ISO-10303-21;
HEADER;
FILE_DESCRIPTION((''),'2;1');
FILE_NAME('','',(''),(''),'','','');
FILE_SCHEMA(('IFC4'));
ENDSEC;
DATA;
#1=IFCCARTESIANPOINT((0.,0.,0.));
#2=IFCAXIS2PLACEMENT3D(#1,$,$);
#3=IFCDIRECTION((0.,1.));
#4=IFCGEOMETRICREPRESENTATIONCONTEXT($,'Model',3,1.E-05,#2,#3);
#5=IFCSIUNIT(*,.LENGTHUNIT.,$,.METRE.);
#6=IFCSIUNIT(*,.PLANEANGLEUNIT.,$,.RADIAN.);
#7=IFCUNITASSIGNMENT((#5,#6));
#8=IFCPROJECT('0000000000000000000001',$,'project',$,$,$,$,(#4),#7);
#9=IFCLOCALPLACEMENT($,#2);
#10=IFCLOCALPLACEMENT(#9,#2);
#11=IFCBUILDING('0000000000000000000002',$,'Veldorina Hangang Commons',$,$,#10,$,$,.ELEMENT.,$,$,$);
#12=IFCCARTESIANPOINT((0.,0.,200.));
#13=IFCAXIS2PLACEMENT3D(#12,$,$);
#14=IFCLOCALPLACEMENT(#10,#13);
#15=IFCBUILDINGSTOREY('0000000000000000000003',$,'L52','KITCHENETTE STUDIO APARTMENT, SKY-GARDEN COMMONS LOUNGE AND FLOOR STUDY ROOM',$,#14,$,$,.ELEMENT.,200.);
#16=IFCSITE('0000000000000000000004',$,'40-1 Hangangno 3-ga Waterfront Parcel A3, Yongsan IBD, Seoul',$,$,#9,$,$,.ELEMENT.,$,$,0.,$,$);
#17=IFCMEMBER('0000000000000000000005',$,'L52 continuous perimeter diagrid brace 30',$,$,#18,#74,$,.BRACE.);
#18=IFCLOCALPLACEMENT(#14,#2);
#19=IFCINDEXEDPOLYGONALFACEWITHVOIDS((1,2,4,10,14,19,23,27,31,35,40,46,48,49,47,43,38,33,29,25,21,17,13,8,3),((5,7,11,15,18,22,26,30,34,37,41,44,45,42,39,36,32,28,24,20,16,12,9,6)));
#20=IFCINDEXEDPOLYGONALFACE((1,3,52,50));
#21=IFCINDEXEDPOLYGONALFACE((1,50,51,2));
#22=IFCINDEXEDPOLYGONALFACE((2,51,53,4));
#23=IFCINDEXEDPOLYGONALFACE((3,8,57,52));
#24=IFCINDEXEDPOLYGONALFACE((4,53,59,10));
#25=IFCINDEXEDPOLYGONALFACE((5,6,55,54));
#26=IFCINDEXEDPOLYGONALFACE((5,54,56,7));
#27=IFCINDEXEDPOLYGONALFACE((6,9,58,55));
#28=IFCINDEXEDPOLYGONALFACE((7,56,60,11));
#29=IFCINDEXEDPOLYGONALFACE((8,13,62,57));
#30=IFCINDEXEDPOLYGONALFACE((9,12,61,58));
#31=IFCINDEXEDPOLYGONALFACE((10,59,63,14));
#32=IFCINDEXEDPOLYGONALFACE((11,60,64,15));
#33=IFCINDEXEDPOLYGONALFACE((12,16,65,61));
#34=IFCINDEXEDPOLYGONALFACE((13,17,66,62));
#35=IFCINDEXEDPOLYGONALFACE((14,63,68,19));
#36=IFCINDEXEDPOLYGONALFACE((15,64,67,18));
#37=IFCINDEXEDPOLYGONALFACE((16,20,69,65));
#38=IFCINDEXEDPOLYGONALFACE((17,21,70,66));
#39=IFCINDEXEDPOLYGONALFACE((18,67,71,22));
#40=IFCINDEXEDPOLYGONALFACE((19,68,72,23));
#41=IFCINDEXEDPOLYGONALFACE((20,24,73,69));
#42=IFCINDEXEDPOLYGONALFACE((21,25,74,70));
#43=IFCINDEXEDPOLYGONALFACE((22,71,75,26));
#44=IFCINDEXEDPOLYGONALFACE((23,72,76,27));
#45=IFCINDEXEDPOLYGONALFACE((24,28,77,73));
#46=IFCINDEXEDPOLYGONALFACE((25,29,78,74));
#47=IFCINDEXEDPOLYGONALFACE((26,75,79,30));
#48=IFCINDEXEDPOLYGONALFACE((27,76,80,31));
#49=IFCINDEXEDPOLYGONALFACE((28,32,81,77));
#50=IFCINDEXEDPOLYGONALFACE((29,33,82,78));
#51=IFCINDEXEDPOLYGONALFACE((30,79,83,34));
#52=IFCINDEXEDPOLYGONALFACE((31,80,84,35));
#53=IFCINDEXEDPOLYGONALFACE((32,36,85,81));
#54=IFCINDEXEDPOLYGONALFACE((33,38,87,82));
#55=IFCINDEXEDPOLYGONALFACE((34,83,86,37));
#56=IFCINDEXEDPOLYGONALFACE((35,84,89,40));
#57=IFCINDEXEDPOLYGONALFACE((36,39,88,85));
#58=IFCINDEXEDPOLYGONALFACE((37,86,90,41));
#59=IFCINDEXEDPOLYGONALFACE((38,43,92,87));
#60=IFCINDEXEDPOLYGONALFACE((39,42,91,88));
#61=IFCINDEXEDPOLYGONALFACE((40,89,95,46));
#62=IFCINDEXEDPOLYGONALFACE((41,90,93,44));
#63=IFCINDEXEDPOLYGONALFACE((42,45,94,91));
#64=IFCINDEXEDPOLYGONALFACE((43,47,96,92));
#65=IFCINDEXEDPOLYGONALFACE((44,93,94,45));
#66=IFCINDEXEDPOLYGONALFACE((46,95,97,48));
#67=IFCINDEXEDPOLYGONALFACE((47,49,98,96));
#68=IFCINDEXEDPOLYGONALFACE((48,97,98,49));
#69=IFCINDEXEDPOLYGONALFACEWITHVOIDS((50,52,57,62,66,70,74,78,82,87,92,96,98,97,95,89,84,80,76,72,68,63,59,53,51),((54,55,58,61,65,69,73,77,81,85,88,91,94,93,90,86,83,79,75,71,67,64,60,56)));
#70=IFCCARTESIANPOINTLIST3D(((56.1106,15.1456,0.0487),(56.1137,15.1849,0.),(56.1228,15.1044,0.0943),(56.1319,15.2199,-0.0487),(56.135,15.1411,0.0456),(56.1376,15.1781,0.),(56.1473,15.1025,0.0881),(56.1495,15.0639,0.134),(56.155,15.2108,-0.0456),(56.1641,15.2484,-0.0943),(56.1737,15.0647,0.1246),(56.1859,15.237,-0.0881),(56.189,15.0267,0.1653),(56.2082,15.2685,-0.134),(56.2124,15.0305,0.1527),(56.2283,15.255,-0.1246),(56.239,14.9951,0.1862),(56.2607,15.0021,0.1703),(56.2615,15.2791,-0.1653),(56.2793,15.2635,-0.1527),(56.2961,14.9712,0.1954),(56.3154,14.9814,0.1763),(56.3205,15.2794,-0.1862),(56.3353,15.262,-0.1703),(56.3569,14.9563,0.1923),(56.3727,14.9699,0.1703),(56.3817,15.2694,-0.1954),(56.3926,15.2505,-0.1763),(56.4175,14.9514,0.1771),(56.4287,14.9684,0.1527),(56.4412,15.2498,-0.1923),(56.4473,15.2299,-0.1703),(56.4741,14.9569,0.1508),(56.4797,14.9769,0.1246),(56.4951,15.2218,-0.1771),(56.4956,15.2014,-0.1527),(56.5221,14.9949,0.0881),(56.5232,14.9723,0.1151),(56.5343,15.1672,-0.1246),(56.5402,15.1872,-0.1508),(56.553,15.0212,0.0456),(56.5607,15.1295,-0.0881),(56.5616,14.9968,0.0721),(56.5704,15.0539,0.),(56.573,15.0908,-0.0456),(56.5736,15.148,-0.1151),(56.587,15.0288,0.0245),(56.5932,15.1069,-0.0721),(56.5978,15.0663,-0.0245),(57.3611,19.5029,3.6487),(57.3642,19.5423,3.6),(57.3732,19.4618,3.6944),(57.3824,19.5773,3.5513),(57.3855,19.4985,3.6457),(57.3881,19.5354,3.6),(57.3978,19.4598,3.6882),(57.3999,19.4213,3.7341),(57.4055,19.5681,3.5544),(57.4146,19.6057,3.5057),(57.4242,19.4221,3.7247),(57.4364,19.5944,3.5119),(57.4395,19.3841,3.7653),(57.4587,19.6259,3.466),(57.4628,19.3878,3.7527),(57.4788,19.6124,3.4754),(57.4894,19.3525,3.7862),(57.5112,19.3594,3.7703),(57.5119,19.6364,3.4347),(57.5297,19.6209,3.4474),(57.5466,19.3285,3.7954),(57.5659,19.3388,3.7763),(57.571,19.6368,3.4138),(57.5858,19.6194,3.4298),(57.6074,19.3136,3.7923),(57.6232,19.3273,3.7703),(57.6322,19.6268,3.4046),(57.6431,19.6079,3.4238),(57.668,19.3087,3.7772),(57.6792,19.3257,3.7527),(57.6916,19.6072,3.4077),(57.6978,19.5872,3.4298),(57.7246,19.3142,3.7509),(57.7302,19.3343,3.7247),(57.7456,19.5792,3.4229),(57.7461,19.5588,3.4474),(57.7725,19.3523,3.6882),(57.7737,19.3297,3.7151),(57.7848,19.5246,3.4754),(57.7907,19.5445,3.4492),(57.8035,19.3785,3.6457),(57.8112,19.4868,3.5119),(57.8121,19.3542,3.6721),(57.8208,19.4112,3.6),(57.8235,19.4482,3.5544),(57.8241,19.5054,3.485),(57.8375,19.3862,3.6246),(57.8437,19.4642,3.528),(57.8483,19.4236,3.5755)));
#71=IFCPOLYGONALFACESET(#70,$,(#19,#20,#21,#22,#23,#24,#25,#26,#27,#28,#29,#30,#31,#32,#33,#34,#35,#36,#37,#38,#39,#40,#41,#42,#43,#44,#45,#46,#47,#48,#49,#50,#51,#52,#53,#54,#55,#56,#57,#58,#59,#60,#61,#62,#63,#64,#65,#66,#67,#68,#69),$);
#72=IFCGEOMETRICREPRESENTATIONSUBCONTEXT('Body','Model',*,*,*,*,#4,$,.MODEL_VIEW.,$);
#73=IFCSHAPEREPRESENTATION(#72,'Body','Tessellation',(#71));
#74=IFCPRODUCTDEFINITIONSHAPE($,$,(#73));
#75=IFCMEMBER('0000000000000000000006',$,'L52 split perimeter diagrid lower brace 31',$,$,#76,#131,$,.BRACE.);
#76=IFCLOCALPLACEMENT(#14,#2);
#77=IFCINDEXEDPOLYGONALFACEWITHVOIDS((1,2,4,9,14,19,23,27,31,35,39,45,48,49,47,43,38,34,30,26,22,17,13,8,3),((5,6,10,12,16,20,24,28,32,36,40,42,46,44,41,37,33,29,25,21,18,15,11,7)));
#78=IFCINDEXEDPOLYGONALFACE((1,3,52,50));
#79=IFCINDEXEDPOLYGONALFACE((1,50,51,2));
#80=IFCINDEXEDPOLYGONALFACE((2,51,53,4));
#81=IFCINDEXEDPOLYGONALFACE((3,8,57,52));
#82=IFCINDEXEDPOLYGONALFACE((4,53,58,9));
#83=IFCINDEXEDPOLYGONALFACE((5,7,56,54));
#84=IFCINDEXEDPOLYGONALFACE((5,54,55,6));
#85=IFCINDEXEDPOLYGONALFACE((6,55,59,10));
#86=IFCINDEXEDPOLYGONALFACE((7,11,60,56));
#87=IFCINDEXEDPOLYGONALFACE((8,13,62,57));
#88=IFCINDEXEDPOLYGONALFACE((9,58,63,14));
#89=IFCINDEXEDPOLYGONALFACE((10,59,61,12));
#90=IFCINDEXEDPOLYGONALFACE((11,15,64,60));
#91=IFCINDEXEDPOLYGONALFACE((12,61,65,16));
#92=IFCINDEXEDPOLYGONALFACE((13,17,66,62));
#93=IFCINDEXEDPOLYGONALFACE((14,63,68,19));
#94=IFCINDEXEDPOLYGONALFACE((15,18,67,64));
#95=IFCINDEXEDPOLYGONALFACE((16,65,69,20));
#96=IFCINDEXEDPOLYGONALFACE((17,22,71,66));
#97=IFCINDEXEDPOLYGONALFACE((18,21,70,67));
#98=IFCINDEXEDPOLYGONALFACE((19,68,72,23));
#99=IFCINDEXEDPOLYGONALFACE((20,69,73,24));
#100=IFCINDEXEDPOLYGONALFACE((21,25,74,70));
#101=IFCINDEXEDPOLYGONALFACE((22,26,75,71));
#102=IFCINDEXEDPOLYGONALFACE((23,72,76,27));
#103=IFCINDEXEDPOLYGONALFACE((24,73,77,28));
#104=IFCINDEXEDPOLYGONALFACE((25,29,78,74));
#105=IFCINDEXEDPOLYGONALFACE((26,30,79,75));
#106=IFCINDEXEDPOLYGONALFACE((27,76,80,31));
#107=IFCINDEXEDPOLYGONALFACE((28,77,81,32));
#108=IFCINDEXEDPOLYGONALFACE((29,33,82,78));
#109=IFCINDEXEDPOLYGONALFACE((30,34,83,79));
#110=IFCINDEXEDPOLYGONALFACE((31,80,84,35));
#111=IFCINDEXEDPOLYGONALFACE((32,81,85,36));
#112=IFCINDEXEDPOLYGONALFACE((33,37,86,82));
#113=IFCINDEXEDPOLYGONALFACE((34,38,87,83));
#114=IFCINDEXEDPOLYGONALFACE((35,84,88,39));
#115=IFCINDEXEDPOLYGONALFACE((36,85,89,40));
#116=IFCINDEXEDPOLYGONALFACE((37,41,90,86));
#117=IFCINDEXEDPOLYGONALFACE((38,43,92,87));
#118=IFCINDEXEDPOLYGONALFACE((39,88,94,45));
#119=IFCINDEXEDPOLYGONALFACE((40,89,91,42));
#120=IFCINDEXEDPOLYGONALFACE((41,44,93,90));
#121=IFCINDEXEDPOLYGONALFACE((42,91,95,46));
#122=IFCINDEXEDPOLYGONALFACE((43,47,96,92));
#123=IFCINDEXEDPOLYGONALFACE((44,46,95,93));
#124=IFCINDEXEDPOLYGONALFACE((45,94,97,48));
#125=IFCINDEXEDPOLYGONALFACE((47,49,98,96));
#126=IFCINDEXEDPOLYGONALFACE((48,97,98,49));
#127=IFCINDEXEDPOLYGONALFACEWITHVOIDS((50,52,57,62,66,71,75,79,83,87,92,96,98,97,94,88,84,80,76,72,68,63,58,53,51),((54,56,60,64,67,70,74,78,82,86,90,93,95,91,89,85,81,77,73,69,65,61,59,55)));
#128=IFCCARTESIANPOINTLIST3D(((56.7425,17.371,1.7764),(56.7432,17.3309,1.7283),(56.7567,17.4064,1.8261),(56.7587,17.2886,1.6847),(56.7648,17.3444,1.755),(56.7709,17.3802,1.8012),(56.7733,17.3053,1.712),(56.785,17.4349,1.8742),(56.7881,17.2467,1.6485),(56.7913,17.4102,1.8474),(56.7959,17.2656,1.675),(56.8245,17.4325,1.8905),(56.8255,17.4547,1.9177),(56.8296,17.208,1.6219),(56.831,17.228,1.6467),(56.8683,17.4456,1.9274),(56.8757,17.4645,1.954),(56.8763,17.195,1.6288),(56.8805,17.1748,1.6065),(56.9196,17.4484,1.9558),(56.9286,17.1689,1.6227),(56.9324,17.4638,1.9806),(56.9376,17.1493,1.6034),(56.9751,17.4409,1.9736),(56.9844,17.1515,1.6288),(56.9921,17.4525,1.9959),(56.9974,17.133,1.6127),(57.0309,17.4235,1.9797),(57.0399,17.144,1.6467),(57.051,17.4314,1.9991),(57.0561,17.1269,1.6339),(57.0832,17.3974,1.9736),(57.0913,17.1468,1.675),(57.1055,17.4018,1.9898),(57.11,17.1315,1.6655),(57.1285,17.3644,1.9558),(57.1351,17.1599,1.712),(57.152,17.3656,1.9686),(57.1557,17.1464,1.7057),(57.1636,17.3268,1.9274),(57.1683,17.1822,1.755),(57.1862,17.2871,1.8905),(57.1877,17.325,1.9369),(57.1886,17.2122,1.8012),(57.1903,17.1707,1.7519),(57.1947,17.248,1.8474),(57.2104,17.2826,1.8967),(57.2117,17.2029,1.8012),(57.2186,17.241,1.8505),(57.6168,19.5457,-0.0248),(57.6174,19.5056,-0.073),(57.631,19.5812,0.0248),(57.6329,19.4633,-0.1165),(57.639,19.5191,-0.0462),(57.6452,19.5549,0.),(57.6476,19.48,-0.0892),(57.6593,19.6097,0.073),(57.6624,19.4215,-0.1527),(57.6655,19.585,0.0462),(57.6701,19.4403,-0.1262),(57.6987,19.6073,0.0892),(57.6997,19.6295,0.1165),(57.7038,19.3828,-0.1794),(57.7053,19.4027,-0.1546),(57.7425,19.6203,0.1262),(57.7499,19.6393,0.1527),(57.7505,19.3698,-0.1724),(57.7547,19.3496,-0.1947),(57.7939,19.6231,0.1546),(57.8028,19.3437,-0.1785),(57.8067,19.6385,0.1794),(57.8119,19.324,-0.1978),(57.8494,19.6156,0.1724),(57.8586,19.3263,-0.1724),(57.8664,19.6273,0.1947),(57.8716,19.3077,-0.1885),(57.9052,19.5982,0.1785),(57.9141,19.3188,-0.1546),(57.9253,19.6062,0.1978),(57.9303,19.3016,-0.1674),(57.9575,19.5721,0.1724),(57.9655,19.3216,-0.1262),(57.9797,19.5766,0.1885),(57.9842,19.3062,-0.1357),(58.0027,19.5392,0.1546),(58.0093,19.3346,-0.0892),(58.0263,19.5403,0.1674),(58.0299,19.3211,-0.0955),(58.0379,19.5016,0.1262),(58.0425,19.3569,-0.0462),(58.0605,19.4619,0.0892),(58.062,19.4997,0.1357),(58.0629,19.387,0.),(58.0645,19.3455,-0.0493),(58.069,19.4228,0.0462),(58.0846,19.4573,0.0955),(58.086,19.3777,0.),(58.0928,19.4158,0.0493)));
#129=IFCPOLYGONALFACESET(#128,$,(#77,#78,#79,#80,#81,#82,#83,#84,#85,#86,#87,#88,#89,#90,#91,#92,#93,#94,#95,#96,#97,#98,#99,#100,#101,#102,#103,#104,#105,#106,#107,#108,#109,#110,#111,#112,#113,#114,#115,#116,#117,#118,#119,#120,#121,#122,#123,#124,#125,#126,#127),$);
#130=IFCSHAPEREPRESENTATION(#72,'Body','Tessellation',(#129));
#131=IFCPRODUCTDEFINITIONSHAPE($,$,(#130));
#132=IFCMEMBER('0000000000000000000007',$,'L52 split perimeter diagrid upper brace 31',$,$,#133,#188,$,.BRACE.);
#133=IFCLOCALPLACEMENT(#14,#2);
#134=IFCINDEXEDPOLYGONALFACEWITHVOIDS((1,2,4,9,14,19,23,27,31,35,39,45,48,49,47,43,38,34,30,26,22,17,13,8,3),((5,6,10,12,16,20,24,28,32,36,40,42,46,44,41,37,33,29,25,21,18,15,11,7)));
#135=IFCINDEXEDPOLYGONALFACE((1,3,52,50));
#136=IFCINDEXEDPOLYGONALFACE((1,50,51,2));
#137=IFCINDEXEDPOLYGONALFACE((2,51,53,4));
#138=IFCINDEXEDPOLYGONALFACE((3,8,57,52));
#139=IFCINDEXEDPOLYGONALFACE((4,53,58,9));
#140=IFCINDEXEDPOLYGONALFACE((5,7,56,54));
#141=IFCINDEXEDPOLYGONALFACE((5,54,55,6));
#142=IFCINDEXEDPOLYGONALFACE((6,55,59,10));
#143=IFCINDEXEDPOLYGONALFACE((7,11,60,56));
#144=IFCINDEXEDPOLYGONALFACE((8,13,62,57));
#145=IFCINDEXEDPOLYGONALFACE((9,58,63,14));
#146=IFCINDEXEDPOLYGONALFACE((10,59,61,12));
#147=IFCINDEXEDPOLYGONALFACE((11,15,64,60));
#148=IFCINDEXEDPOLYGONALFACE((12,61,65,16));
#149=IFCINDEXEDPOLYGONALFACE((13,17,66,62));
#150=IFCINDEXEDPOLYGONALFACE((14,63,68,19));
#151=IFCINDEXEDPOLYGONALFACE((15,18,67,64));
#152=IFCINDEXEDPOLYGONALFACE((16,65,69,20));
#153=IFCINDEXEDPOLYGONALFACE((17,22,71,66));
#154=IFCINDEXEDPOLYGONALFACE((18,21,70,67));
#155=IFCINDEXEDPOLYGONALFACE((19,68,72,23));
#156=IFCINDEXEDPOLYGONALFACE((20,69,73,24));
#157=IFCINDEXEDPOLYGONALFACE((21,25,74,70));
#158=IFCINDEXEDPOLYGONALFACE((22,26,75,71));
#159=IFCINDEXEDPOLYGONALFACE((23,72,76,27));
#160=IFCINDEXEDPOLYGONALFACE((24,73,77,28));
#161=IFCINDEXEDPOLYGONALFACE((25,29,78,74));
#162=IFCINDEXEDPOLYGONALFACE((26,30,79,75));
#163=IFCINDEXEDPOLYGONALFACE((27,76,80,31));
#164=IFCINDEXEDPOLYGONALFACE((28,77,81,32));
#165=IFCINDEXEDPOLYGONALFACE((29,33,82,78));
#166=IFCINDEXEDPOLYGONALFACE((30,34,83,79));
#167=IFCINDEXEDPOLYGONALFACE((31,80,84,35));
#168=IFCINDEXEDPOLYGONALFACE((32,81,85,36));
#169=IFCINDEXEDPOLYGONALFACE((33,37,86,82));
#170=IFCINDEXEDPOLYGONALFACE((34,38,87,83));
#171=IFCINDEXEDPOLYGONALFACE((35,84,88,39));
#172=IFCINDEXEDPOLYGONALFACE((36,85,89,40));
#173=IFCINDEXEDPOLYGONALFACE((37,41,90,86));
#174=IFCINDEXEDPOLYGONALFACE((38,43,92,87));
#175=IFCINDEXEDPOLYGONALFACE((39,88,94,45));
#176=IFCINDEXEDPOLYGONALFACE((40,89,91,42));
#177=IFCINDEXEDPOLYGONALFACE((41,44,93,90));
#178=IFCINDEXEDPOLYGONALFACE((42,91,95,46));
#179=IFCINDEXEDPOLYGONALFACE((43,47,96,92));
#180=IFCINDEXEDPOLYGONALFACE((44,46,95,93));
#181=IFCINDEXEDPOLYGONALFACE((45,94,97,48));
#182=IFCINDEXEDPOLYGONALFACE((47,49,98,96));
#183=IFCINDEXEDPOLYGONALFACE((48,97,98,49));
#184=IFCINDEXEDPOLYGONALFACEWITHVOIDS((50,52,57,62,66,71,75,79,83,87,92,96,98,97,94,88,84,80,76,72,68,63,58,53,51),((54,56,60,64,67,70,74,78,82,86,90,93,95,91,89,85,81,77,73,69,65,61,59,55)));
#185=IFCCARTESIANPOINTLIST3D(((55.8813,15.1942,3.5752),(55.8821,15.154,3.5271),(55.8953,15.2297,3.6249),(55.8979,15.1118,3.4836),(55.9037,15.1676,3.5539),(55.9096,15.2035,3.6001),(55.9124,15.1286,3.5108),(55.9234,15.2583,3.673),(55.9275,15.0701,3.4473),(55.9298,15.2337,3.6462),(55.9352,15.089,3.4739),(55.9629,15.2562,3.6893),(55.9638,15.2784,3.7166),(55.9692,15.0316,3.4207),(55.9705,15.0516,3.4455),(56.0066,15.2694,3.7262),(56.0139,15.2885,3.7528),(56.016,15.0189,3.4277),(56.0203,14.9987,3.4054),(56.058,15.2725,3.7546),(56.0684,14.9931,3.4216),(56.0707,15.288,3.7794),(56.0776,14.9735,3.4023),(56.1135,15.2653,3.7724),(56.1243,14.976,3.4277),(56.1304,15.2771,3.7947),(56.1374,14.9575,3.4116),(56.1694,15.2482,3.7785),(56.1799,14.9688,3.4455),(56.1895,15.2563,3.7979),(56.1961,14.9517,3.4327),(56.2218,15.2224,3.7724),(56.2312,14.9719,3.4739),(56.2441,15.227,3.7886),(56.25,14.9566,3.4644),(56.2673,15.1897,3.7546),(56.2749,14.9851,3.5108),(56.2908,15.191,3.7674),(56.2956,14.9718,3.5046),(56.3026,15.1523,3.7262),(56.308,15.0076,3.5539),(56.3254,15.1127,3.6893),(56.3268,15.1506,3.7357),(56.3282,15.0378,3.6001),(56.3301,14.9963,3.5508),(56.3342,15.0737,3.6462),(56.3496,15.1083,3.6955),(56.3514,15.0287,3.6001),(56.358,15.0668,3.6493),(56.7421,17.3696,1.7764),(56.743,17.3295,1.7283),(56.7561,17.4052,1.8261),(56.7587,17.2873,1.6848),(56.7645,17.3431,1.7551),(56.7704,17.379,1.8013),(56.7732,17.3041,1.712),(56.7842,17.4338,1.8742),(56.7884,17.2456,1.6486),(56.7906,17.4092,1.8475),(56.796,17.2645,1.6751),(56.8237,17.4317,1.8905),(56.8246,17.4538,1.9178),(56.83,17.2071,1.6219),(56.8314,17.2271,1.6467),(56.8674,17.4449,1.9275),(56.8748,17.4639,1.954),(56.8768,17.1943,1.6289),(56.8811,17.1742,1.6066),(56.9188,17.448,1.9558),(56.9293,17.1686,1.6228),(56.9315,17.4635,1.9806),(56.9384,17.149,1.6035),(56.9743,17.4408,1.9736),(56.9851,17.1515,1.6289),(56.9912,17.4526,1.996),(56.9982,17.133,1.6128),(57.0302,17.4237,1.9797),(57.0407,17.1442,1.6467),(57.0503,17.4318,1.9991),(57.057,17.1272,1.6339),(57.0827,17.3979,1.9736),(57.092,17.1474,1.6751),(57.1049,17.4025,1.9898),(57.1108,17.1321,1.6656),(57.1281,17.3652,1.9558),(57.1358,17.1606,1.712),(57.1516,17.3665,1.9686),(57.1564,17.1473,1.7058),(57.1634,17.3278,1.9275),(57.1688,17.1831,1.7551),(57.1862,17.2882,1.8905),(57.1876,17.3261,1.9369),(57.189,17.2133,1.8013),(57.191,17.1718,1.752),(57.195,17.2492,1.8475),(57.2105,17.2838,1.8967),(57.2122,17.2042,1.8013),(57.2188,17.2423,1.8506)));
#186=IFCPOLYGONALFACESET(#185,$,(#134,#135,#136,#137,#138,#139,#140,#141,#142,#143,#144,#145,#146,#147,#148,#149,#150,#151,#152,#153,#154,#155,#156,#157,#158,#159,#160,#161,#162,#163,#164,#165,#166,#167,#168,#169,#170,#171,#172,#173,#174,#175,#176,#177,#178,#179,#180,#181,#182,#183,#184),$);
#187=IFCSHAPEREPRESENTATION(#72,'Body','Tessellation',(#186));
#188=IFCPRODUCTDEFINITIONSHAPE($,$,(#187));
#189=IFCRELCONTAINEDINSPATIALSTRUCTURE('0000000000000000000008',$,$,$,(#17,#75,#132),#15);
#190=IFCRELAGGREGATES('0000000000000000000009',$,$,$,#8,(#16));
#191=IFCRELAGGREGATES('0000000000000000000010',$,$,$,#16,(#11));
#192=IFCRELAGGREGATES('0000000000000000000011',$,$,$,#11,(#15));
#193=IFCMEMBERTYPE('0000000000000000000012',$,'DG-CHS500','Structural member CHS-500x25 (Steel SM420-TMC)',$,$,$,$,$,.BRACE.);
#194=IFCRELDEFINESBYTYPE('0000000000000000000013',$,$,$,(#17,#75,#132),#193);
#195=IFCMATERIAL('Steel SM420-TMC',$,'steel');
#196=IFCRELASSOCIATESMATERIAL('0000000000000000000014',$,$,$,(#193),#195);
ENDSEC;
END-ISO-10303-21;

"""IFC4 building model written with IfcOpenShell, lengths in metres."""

from ifc_helpers import new_model, si_unit, direction, frame, origin, origin_2d, place, context, subcontext, project, spatial, hollow_circle, extrude, material, material_profile, profile_set, type_object, element, save


model = new_model("IFC4")

# Units and contexts
model_context = context("Model", 3, precision=1e-05, world=origin(), true_north=direction((0.0, 1.0)))
body_context = subcontext(model_context, "Body", "Model", "MODEL_VIEW")
ifc_project = project(units=[si_unit("LENGTHUNIT", "METRE"), si_unit("PLANEANGLEUNIT", "RADIAN")], contexts=[model_context])

# Site, building, storey
site_placement = place(None, origin())
site = spatial("IfcSite", under=ifc_project, at=site_placement, Name="40-1 Hangangno 3-ga Waterfront Parcel A3, Yongsan IBD, Seoul", CompositionType="ELEMENT", RefElevation=0.0)
building_placement = place(site_placement, origin())
building = spatial("IfcBuilding", under=site, at=building_placement, Name="Veldorina Hangang Commons", CompositionType="ELEMENT")
storey_placement = place(building_placement, frame((0.0, 0.0, 200.0)))
storey = spatial("IfcBuildingStorey", under=building, at=storey_placement, Name="L52", Description="KITCHENETTE STUDIO APARTMENT, SKY-GARDEN COMMONS LOUNGE AND FLOOR STUDY ROOM", CompositionType="ELEMENT", Elevation=200.0)

# Shared definitions
ifc_material_1 = material(Name="Steel SM420-TMC", Category="steel")

# Members
ifc_material_profile_1 = material_profile(ifc_material_1, hollow_circle(Radius=0.25, WallThickness=0.0249, at=origin_2d()), Name="CHS-500x25")
ifc_profile_set_1 = profile_set([ifc_material_profile_1], Name="Steel SM420-TMC")
member_type_1 = type_object("IfcMemberType", Name="DG-CHS500", Description="Structural member CHS-500x25 (Steel SM420-TMC)", PredefinedType="BRACE", material=ifc_profile_set_1)
member_1_placement = place(storey_placement, frame((56.354, 15.116, 0.0), z_axis=(0.216014, 0.752718, 0.621895), x_axis=(-0.961202, 0.275845, 0.0)))
element("IfcMember", 1, at=member_1_placement, inside=storey, type_object=member_type_1, Name="L52 continuous perimeter diagrid brace 30", PredefinedType="BRACE", context=body_context, shape_type="SweptSolid", body=[
    extrude(hollow_circle(Radius=0.25, WallThickness=0.0249, at=origin_2d()), origin(), (0.0, 0.0, 1.0), 5.7888),
])
member_2_placement = place(storey_placement, frame((57.854, 19.4709, 0.0), z_axis=(-0.295748, -0.735694, 0.609334), x_axis=(0.927836, -0.372988, 0.0)))
element("IfcMember", 2, at=member_2_placement, inside=storey, type_object=member_type_1, Name="L52 split perimeter diagrid lower brace 31", PredefinedType="BRACE", context=body_context, shape_type="SweptSolid", body=[
    extrude(hollow_circle(Radius=0.25, WallThickness=0.0249, at=origin_2d()), origin(), (0.0, 0.0, 1.0), 2.9561),
])
member_3_placement = place(storey_placement, frame((56.9797, 17.2961, 1.8013), z_axis=(-0.291688, -0.737162, 0.609517), x_axis=(0.929852, -0.367934, 0.0)))
element("IfcMember", 3, at=member_3_placement, inside=storey, type_object=member_type_1, Name="L52 split perimeter diagrid upper brace 31", PredefinedType="BRACE", context=body_context, shape_type="SweptSolid", body=[
    extrude(hollow_circle(Radius=0.25, WallThickness=0.0249, at=origin_2d()), origin(), (0.0, 0.0, 1.0), 2.9512),
])

save(model, "model.ifc")
